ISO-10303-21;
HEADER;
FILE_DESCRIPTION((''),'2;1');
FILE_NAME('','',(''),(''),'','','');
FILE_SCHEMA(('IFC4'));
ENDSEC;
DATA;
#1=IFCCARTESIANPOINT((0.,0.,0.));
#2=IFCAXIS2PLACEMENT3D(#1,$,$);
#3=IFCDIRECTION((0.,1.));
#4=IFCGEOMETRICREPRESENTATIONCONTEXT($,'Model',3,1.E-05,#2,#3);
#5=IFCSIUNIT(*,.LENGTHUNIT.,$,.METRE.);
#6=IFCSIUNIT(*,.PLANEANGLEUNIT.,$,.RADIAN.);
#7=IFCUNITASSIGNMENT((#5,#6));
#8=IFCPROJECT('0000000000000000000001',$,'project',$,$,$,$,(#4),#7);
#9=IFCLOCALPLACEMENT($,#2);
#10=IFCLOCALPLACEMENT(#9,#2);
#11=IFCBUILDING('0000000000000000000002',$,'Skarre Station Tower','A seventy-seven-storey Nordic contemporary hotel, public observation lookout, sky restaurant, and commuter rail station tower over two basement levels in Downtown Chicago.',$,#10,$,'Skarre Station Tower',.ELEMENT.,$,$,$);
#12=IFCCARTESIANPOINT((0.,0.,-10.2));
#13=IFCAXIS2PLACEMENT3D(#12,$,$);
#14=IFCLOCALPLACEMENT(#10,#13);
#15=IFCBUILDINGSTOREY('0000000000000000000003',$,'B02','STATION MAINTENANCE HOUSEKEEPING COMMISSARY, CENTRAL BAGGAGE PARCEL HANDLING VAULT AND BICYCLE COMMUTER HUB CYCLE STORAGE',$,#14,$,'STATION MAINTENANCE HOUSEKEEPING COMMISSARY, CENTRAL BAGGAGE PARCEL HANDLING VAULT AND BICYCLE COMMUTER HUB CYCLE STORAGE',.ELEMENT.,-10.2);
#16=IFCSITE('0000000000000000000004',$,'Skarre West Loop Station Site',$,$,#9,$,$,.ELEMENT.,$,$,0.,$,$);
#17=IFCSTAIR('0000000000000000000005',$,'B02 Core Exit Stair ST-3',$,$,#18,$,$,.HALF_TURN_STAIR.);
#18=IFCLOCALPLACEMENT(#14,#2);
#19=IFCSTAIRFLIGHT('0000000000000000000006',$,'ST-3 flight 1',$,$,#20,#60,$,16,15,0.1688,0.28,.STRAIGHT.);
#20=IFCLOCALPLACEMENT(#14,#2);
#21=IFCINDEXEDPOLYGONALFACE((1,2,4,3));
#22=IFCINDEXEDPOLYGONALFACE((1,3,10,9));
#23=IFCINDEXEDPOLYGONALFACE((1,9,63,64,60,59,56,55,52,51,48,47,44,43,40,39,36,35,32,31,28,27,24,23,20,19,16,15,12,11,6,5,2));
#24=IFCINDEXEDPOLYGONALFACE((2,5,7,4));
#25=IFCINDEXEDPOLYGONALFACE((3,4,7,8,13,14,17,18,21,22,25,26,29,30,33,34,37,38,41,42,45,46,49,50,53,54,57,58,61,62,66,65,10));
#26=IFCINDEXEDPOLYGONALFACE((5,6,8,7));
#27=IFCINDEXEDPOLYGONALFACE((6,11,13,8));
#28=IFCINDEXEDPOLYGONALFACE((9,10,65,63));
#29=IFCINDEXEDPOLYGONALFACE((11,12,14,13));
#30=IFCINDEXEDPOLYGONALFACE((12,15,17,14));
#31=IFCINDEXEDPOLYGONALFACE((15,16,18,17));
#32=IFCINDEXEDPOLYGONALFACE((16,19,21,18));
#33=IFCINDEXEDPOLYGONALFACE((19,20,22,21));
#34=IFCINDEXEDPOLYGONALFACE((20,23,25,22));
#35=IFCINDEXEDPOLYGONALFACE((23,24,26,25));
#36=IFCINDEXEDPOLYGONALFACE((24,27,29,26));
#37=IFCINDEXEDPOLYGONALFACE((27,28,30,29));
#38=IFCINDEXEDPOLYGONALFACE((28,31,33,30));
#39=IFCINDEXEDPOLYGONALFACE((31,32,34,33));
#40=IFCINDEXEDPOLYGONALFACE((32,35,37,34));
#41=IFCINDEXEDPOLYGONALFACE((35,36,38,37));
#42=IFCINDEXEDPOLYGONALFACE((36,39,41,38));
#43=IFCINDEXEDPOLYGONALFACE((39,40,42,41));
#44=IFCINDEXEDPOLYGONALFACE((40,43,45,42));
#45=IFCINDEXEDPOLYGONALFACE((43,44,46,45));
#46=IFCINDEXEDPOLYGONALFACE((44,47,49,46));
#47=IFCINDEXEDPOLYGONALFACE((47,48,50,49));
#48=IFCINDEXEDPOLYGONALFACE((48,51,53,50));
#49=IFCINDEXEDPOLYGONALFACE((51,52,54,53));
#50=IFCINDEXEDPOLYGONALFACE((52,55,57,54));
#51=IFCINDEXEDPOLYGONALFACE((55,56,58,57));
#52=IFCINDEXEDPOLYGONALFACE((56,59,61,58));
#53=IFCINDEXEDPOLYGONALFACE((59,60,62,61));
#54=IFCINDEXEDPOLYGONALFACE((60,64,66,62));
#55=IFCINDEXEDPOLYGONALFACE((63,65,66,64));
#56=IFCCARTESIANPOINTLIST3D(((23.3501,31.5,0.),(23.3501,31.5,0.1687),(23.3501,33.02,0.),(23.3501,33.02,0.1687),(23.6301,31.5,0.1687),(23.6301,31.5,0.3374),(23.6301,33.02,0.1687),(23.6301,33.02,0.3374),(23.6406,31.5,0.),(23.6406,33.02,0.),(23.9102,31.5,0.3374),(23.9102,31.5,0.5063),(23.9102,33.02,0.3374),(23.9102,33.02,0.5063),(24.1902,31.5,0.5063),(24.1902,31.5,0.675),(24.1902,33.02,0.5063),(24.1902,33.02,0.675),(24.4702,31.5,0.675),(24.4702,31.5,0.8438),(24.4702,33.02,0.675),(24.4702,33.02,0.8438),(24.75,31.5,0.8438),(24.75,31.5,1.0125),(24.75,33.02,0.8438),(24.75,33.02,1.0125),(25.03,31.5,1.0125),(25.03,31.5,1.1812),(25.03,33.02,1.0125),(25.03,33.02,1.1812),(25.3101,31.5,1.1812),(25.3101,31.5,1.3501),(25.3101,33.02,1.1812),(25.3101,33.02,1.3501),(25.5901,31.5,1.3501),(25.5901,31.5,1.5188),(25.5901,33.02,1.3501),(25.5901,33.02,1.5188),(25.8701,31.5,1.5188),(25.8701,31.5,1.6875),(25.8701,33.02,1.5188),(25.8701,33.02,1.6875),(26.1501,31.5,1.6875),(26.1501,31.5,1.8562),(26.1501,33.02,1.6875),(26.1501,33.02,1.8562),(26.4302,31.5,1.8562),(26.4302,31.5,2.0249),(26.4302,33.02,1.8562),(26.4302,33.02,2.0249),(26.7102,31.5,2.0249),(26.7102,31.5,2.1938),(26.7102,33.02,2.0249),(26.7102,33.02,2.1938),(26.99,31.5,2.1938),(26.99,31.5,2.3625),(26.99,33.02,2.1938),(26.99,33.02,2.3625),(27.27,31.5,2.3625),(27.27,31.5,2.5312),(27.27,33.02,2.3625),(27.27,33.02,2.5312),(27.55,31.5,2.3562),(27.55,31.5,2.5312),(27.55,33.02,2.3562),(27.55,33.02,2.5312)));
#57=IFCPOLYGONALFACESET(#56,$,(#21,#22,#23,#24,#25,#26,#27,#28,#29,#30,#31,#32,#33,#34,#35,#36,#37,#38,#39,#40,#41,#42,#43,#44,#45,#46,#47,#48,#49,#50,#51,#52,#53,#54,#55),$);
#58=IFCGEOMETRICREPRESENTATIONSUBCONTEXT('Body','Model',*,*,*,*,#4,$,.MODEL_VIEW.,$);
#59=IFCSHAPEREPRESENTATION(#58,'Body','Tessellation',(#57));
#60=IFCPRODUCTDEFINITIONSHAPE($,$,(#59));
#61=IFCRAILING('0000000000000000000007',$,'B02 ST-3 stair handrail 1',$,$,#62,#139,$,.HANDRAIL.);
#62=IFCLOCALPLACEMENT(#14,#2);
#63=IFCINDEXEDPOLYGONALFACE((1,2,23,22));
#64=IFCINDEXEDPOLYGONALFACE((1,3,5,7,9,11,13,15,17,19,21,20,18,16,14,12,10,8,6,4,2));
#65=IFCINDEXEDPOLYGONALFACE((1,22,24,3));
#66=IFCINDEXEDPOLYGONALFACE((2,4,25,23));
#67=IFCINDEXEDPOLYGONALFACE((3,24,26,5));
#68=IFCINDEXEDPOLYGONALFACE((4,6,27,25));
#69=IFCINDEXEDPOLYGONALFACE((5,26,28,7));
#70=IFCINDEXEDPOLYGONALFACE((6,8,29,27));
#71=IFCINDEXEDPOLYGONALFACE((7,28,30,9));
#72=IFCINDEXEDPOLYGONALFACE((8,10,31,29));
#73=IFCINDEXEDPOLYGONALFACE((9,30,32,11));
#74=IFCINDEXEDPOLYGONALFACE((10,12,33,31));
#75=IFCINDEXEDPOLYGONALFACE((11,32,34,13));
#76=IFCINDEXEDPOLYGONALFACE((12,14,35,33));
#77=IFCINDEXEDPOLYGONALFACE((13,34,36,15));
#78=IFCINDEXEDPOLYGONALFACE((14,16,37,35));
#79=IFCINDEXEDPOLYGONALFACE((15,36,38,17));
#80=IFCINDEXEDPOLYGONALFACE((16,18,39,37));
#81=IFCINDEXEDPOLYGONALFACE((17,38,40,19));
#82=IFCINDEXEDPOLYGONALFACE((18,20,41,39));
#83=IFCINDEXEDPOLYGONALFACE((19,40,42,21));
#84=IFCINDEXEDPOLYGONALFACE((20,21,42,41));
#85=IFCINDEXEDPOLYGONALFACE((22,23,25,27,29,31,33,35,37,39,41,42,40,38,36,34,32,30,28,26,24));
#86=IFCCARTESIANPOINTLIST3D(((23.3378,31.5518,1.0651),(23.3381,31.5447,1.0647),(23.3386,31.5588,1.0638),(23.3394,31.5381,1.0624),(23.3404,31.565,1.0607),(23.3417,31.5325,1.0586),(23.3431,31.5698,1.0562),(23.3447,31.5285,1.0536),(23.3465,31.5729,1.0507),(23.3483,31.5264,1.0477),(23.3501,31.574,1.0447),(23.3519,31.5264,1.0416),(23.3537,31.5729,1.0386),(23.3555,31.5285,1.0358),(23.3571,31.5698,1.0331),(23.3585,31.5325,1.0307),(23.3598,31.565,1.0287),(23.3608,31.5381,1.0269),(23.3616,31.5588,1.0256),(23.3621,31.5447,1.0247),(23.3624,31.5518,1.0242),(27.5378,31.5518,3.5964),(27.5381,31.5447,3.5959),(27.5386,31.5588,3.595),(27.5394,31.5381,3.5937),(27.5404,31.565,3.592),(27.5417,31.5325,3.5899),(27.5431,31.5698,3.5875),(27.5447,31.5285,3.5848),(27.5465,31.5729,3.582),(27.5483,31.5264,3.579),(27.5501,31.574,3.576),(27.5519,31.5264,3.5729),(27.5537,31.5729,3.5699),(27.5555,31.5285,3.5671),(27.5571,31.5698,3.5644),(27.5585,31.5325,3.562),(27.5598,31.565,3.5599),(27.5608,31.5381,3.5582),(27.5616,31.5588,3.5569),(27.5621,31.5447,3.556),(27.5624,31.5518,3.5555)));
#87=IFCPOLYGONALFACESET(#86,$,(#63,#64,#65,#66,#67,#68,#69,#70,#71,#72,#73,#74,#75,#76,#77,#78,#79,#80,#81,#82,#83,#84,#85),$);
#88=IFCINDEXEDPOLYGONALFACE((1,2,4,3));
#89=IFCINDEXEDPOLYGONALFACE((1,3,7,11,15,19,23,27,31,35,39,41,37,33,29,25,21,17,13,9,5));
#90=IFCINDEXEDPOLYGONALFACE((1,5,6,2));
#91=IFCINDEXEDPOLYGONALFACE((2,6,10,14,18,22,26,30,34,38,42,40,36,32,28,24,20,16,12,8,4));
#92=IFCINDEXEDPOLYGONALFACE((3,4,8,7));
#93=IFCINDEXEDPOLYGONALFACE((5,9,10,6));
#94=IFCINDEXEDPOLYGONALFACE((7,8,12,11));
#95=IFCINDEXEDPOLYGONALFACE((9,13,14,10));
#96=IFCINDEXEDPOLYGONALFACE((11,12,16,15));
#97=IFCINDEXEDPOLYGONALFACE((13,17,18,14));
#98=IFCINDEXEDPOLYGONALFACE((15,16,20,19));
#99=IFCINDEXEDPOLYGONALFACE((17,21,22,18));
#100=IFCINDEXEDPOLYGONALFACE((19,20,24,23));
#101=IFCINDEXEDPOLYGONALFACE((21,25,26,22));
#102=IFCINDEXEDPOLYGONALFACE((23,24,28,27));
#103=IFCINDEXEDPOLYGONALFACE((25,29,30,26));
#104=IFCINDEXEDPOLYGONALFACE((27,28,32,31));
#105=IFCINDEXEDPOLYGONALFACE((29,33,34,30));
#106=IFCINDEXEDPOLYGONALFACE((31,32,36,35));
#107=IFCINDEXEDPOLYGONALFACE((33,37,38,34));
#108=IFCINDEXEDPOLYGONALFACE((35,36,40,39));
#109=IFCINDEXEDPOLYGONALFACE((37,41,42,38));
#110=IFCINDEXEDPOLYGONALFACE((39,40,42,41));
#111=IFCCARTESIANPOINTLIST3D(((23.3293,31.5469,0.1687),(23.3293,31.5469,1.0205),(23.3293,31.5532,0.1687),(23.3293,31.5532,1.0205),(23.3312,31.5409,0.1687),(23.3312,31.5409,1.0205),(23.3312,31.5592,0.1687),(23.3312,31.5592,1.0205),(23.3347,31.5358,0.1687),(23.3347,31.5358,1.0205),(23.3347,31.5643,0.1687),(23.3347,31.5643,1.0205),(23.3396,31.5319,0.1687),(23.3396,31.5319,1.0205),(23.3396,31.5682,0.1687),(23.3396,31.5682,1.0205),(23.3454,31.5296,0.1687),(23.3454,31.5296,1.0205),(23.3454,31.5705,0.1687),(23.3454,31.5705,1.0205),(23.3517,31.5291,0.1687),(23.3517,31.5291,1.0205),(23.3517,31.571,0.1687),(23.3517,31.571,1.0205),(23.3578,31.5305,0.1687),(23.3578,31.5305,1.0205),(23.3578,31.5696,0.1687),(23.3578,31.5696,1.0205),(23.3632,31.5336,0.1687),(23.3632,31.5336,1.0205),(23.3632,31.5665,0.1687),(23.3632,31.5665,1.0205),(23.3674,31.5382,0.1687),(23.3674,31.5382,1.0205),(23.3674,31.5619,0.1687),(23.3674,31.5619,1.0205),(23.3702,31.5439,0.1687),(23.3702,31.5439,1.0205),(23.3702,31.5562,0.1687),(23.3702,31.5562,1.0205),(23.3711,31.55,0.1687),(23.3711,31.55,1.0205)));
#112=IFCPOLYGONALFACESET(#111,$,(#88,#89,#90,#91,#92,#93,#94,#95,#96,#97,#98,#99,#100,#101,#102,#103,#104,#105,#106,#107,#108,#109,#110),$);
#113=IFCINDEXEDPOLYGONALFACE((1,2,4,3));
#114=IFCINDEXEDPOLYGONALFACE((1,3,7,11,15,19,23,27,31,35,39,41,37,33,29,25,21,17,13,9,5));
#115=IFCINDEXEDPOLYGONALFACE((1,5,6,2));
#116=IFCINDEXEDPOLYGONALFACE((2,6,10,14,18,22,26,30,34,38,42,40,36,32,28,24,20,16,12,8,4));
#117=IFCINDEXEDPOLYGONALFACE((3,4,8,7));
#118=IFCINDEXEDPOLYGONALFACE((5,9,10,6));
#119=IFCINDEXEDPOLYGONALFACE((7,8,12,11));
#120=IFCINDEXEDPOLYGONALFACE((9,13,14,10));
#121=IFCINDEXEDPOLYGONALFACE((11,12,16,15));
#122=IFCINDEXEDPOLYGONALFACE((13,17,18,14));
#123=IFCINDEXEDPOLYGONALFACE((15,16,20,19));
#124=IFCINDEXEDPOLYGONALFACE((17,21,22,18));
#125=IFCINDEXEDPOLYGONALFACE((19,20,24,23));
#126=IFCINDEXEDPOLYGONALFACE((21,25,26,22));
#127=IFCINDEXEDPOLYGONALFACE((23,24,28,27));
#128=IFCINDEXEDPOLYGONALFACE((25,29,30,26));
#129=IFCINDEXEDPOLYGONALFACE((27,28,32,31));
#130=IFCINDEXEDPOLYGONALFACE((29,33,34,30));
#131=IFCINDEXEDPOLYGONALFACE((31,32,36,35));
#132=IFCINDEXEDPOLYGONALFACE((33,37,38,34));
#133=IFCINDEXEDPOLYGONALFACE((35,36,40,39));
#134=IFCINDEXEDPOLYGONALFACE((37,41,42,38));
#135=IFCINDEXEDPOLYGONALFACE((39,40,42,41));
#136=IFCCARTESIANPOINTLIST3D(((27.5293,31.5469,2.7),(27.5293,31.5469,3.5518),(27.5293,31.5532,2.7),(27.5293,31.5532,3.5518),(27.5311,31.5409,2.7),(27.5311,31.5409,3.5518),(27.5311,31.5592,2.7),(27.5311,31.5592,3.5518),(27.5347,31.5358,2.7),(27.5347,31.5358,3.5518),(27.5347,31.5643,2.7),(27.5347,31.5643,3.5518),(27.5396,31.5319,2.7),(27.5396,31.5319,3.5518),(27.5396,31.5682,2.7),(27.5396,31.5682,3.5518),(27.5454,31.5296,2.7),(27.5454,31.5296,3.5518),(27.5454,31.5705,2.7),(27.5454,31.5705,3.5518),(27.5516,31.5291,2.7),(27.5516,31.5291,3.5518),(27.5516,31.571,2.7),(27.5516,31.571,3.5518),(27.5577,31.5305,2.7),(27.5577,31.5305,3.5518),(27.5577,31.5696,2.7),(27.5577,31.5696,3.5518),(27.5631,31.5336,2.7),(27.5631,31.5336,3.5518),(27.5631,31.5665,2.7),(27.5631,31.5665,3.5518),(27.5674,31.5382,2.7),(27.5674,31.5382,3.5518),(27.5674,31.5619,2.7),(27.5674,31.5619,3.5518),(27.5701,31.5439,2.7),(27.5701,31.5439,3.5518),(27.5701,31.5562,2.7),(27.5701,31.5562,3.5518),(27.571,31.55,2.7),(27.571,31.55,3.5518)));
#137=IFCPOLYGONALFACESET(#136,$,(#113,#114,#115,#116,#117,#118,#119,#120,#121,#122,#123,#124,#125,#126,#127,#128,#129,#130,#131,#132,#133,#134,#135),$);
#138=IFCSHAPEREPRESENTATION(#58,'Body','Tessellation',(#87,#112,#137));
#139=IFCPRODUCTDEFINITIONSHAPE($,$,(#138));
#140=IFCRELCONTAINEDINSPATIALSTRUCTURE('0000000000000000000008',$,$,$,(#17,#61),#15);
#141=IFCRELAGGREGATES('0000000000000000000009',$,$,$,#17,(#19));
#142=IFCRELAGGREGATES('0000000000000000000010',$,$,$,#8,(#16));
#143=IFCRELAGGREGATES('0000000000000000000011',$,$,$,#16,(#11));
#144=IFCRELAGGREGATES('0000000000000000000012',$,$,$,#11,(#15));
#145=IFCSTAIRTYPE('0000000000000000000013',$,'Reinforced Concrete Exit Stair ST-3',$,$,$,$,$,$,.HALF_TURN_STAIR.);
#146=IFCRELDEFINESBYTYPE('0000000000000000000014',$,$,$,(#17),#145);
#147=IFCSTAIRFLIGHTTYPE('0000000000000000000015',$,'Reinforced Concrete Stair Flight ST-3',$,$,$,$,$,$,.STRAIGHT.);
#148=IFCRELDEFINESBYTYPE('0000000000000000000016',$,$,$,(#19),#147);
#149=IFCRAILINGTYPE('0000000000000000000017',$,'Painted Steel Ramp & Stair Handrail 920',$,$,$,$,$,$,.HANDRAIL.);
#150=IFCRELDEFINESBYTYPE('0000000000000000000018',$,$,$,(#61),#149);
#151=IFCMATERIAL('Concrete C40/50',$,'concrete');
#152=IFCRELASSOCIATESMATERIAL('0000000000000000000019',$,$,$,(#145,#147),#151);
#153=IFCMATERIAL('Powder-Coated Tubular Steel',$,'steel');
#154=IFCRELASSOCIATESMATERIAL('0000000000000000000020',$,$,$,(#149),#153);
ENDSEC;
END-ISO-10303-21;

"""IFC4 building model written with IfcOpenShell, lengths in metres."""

from ifc_helpers import new_model, si_unit, direction, frame, origin, origin_2d, place, context, subcontext, project, spatial, polyline, circle, outline, extrude, material, type_object, element, aggregate, save


model = new_model("IFC4")

# Units and contexts
model_context = context("Model", 3, precision=1e-05, world=origin(), true_north=direction((0.0, 1.0)))
body_context = subcontext(model_context, "Body", "Model", "MODEL_VIEW")
ifc_project = project(units=[si_unit("LENGTHUNIT", "METRE"), si_unit("PLANEANGLEUNIT", "RADIAN")], contexts=[model_context])

# Site, building, storey
site_placement = place(None, origin())
site = spatial("IfcSite", under=ifc_project, at=site_placement, Name="Skarre West Loop Station Site", CompositionType="ELEMENT", RefElevation=0.0)
building_placement = place(site_placement, origin())
building = spatial("IfcBuilding", under=site, at=building_placement, Name="Skarre Station Tower", Description="A seventy-seven-storey Nordic contemporary hotel, public observation lookout, sky restaurant, and commuter rail station tower over two basement levels in Downtown Chicago.", LongName="Skarre Station Tower", CompositionType="ELEMENT")
storey_placement = place(building_placement, frame((0.0, 0.0, -10.2)))
storey = spatial("IfcBuildingStorey", under=building, at=storey_placement, Name="B02", Description="STATION MAINTENANCE HOUSEKEEPING COMMISSARY, CENTRAL BAGGAGE PARCEL HANDLING VAULT AND BICYCLE COMMUTER HUB CYCLE STORAGE", LongName="STATION MAINTENANCE HOUSEKEEPING COMMISSARY, CENTRAL BAGGAGE PARCEL HANDLING VAULT AND BICYCLE COMMUTER HUB CYCLE STORAGE", CompositionType="ELEMENT", Elevation=-10.2)

# Stair, stair flight
ifc_material_1 = material(Name="Concrete C40/50", Category="concrete")
stair_type = type_object("IfcStairType", Name="Reinforced Concrete Exit Stair ST-3", PredefinedType="HALF_TURN_STAIR", material=ifc_material_1)
stair_placement = place(storey_placement, origin())
stair = element("IfcStair", 1, at=stair_placement, inside=storey, type_object=stair_type, Name="B02 Core Exit Stair ST-3", PredefinedType="HALF_TURN_STAIR")
stair_flight_type = type_object("IfcStairFlightType", Name="Reinforced Concrete Stair Flight ST-3", PredefinedType="STRAIGHT", material=ifc_material_1)
stair_flight_placement = place(storey_placement, frame((23.3501, 32.26, 0.0), z_axis=(0.0, 0.0, 1.0), x_axis=(1.0, 0.0, 0.0)))
stair_flight = element("IfcStairFlight", 2, at=stair_flight_placement, type_object=stair_flight_type, Name="ST-3 flight 1", NumberOfRisers=16, NumberOfTreads=15, PredefinedType="STRAIGHT", RiserHeight=0.1688, TreadLength=0.28, context=body_context, shape_type="SweptSolid", body=[
    extrude(outline(polyline([(0.0, 0.0), (0.0, 0.1687), (0.28, 0.1687), (0.28, 0.3374), (0.5601, 0.3374), (0.5601, 0.5063), (0.8401, 0.5063), (0.8401, 0.675), (1.1201, 0.675), (1.1201, 0.8438), (1.3999, 0.8438), (1.3999, 1.0125), (1.6799, 1.0125), (1.6799, 1.1812), (1.96, 1.1812), (1.96, 1.3501), (2.24, 1.3501), (2.24, 1.5188), (2.52, 1.5188), (2.52, 1.6875), (2.8, 1.6875), (2.8, 1.8562), (3.0801, 1.8562), (3.0801, 2.0249), (3.3601, 2.0249), (3.3601, 2.1938), (3.6399, 2.1938), (3.6399, 2.3625), (3.9199, 2.3625), (3.9199, 2.5312), (4.2, 2.5312), (4.2, 2.7), (4.2, 2.3562), (0.2905, 0.0), (0.0, 0.0)])), frame((0.0, 0.76, 0.0), z_axis=(0.0, -1.0, 0.0), x_axis=(1.0, 0.0, 0.0)), (0.0, 0.0, 1.0), 1.52),
])
aggregate(stair, [stair_flight])

# Railing
ifc_material_2 = material(Name="Powder-Coated Tubular Steel", Category="steel")
railing_type_1 = type_object("IfcRailingType", Name="Painted Steel Ramp & Stair Handrail 920", PredefinedType="HANDRAIL", material=ifc_material_2)
railing_1_placement = place(storey_placement, frame((23.3501, 31.55, 0.1687)))
element("IfcRailing", 3, at=railing_1_placement, inside=storey, type_object=railing_type_1, Name="B02 ST-3 stair handrail 1", PredefinedType="HANDRAIL", context=body_context, shape_type="SweptSolid", body=[
    extrude(circle(Radius=0.0239, at=origin_2d()), frame((0.0, 0.0, 0.876), z_axis=(0.856476, 0.0, 0.516186), x_axis=(0.0, 1.0, 0.0)), (0.0, 0.0, 1.0), 4.9038),
    extrude(circle(Radius=0.021, at=origin_2d()), origin(), (0.0, 0.0, 1.0), 0.8518),
    extrude(circle(Radius=0.021, at=origin_2d()), frame((4.2, 0.0, 2.5312)), (0.0, 0.0, 1.0), 0.8518),
])

save(model, "model.ifc")
